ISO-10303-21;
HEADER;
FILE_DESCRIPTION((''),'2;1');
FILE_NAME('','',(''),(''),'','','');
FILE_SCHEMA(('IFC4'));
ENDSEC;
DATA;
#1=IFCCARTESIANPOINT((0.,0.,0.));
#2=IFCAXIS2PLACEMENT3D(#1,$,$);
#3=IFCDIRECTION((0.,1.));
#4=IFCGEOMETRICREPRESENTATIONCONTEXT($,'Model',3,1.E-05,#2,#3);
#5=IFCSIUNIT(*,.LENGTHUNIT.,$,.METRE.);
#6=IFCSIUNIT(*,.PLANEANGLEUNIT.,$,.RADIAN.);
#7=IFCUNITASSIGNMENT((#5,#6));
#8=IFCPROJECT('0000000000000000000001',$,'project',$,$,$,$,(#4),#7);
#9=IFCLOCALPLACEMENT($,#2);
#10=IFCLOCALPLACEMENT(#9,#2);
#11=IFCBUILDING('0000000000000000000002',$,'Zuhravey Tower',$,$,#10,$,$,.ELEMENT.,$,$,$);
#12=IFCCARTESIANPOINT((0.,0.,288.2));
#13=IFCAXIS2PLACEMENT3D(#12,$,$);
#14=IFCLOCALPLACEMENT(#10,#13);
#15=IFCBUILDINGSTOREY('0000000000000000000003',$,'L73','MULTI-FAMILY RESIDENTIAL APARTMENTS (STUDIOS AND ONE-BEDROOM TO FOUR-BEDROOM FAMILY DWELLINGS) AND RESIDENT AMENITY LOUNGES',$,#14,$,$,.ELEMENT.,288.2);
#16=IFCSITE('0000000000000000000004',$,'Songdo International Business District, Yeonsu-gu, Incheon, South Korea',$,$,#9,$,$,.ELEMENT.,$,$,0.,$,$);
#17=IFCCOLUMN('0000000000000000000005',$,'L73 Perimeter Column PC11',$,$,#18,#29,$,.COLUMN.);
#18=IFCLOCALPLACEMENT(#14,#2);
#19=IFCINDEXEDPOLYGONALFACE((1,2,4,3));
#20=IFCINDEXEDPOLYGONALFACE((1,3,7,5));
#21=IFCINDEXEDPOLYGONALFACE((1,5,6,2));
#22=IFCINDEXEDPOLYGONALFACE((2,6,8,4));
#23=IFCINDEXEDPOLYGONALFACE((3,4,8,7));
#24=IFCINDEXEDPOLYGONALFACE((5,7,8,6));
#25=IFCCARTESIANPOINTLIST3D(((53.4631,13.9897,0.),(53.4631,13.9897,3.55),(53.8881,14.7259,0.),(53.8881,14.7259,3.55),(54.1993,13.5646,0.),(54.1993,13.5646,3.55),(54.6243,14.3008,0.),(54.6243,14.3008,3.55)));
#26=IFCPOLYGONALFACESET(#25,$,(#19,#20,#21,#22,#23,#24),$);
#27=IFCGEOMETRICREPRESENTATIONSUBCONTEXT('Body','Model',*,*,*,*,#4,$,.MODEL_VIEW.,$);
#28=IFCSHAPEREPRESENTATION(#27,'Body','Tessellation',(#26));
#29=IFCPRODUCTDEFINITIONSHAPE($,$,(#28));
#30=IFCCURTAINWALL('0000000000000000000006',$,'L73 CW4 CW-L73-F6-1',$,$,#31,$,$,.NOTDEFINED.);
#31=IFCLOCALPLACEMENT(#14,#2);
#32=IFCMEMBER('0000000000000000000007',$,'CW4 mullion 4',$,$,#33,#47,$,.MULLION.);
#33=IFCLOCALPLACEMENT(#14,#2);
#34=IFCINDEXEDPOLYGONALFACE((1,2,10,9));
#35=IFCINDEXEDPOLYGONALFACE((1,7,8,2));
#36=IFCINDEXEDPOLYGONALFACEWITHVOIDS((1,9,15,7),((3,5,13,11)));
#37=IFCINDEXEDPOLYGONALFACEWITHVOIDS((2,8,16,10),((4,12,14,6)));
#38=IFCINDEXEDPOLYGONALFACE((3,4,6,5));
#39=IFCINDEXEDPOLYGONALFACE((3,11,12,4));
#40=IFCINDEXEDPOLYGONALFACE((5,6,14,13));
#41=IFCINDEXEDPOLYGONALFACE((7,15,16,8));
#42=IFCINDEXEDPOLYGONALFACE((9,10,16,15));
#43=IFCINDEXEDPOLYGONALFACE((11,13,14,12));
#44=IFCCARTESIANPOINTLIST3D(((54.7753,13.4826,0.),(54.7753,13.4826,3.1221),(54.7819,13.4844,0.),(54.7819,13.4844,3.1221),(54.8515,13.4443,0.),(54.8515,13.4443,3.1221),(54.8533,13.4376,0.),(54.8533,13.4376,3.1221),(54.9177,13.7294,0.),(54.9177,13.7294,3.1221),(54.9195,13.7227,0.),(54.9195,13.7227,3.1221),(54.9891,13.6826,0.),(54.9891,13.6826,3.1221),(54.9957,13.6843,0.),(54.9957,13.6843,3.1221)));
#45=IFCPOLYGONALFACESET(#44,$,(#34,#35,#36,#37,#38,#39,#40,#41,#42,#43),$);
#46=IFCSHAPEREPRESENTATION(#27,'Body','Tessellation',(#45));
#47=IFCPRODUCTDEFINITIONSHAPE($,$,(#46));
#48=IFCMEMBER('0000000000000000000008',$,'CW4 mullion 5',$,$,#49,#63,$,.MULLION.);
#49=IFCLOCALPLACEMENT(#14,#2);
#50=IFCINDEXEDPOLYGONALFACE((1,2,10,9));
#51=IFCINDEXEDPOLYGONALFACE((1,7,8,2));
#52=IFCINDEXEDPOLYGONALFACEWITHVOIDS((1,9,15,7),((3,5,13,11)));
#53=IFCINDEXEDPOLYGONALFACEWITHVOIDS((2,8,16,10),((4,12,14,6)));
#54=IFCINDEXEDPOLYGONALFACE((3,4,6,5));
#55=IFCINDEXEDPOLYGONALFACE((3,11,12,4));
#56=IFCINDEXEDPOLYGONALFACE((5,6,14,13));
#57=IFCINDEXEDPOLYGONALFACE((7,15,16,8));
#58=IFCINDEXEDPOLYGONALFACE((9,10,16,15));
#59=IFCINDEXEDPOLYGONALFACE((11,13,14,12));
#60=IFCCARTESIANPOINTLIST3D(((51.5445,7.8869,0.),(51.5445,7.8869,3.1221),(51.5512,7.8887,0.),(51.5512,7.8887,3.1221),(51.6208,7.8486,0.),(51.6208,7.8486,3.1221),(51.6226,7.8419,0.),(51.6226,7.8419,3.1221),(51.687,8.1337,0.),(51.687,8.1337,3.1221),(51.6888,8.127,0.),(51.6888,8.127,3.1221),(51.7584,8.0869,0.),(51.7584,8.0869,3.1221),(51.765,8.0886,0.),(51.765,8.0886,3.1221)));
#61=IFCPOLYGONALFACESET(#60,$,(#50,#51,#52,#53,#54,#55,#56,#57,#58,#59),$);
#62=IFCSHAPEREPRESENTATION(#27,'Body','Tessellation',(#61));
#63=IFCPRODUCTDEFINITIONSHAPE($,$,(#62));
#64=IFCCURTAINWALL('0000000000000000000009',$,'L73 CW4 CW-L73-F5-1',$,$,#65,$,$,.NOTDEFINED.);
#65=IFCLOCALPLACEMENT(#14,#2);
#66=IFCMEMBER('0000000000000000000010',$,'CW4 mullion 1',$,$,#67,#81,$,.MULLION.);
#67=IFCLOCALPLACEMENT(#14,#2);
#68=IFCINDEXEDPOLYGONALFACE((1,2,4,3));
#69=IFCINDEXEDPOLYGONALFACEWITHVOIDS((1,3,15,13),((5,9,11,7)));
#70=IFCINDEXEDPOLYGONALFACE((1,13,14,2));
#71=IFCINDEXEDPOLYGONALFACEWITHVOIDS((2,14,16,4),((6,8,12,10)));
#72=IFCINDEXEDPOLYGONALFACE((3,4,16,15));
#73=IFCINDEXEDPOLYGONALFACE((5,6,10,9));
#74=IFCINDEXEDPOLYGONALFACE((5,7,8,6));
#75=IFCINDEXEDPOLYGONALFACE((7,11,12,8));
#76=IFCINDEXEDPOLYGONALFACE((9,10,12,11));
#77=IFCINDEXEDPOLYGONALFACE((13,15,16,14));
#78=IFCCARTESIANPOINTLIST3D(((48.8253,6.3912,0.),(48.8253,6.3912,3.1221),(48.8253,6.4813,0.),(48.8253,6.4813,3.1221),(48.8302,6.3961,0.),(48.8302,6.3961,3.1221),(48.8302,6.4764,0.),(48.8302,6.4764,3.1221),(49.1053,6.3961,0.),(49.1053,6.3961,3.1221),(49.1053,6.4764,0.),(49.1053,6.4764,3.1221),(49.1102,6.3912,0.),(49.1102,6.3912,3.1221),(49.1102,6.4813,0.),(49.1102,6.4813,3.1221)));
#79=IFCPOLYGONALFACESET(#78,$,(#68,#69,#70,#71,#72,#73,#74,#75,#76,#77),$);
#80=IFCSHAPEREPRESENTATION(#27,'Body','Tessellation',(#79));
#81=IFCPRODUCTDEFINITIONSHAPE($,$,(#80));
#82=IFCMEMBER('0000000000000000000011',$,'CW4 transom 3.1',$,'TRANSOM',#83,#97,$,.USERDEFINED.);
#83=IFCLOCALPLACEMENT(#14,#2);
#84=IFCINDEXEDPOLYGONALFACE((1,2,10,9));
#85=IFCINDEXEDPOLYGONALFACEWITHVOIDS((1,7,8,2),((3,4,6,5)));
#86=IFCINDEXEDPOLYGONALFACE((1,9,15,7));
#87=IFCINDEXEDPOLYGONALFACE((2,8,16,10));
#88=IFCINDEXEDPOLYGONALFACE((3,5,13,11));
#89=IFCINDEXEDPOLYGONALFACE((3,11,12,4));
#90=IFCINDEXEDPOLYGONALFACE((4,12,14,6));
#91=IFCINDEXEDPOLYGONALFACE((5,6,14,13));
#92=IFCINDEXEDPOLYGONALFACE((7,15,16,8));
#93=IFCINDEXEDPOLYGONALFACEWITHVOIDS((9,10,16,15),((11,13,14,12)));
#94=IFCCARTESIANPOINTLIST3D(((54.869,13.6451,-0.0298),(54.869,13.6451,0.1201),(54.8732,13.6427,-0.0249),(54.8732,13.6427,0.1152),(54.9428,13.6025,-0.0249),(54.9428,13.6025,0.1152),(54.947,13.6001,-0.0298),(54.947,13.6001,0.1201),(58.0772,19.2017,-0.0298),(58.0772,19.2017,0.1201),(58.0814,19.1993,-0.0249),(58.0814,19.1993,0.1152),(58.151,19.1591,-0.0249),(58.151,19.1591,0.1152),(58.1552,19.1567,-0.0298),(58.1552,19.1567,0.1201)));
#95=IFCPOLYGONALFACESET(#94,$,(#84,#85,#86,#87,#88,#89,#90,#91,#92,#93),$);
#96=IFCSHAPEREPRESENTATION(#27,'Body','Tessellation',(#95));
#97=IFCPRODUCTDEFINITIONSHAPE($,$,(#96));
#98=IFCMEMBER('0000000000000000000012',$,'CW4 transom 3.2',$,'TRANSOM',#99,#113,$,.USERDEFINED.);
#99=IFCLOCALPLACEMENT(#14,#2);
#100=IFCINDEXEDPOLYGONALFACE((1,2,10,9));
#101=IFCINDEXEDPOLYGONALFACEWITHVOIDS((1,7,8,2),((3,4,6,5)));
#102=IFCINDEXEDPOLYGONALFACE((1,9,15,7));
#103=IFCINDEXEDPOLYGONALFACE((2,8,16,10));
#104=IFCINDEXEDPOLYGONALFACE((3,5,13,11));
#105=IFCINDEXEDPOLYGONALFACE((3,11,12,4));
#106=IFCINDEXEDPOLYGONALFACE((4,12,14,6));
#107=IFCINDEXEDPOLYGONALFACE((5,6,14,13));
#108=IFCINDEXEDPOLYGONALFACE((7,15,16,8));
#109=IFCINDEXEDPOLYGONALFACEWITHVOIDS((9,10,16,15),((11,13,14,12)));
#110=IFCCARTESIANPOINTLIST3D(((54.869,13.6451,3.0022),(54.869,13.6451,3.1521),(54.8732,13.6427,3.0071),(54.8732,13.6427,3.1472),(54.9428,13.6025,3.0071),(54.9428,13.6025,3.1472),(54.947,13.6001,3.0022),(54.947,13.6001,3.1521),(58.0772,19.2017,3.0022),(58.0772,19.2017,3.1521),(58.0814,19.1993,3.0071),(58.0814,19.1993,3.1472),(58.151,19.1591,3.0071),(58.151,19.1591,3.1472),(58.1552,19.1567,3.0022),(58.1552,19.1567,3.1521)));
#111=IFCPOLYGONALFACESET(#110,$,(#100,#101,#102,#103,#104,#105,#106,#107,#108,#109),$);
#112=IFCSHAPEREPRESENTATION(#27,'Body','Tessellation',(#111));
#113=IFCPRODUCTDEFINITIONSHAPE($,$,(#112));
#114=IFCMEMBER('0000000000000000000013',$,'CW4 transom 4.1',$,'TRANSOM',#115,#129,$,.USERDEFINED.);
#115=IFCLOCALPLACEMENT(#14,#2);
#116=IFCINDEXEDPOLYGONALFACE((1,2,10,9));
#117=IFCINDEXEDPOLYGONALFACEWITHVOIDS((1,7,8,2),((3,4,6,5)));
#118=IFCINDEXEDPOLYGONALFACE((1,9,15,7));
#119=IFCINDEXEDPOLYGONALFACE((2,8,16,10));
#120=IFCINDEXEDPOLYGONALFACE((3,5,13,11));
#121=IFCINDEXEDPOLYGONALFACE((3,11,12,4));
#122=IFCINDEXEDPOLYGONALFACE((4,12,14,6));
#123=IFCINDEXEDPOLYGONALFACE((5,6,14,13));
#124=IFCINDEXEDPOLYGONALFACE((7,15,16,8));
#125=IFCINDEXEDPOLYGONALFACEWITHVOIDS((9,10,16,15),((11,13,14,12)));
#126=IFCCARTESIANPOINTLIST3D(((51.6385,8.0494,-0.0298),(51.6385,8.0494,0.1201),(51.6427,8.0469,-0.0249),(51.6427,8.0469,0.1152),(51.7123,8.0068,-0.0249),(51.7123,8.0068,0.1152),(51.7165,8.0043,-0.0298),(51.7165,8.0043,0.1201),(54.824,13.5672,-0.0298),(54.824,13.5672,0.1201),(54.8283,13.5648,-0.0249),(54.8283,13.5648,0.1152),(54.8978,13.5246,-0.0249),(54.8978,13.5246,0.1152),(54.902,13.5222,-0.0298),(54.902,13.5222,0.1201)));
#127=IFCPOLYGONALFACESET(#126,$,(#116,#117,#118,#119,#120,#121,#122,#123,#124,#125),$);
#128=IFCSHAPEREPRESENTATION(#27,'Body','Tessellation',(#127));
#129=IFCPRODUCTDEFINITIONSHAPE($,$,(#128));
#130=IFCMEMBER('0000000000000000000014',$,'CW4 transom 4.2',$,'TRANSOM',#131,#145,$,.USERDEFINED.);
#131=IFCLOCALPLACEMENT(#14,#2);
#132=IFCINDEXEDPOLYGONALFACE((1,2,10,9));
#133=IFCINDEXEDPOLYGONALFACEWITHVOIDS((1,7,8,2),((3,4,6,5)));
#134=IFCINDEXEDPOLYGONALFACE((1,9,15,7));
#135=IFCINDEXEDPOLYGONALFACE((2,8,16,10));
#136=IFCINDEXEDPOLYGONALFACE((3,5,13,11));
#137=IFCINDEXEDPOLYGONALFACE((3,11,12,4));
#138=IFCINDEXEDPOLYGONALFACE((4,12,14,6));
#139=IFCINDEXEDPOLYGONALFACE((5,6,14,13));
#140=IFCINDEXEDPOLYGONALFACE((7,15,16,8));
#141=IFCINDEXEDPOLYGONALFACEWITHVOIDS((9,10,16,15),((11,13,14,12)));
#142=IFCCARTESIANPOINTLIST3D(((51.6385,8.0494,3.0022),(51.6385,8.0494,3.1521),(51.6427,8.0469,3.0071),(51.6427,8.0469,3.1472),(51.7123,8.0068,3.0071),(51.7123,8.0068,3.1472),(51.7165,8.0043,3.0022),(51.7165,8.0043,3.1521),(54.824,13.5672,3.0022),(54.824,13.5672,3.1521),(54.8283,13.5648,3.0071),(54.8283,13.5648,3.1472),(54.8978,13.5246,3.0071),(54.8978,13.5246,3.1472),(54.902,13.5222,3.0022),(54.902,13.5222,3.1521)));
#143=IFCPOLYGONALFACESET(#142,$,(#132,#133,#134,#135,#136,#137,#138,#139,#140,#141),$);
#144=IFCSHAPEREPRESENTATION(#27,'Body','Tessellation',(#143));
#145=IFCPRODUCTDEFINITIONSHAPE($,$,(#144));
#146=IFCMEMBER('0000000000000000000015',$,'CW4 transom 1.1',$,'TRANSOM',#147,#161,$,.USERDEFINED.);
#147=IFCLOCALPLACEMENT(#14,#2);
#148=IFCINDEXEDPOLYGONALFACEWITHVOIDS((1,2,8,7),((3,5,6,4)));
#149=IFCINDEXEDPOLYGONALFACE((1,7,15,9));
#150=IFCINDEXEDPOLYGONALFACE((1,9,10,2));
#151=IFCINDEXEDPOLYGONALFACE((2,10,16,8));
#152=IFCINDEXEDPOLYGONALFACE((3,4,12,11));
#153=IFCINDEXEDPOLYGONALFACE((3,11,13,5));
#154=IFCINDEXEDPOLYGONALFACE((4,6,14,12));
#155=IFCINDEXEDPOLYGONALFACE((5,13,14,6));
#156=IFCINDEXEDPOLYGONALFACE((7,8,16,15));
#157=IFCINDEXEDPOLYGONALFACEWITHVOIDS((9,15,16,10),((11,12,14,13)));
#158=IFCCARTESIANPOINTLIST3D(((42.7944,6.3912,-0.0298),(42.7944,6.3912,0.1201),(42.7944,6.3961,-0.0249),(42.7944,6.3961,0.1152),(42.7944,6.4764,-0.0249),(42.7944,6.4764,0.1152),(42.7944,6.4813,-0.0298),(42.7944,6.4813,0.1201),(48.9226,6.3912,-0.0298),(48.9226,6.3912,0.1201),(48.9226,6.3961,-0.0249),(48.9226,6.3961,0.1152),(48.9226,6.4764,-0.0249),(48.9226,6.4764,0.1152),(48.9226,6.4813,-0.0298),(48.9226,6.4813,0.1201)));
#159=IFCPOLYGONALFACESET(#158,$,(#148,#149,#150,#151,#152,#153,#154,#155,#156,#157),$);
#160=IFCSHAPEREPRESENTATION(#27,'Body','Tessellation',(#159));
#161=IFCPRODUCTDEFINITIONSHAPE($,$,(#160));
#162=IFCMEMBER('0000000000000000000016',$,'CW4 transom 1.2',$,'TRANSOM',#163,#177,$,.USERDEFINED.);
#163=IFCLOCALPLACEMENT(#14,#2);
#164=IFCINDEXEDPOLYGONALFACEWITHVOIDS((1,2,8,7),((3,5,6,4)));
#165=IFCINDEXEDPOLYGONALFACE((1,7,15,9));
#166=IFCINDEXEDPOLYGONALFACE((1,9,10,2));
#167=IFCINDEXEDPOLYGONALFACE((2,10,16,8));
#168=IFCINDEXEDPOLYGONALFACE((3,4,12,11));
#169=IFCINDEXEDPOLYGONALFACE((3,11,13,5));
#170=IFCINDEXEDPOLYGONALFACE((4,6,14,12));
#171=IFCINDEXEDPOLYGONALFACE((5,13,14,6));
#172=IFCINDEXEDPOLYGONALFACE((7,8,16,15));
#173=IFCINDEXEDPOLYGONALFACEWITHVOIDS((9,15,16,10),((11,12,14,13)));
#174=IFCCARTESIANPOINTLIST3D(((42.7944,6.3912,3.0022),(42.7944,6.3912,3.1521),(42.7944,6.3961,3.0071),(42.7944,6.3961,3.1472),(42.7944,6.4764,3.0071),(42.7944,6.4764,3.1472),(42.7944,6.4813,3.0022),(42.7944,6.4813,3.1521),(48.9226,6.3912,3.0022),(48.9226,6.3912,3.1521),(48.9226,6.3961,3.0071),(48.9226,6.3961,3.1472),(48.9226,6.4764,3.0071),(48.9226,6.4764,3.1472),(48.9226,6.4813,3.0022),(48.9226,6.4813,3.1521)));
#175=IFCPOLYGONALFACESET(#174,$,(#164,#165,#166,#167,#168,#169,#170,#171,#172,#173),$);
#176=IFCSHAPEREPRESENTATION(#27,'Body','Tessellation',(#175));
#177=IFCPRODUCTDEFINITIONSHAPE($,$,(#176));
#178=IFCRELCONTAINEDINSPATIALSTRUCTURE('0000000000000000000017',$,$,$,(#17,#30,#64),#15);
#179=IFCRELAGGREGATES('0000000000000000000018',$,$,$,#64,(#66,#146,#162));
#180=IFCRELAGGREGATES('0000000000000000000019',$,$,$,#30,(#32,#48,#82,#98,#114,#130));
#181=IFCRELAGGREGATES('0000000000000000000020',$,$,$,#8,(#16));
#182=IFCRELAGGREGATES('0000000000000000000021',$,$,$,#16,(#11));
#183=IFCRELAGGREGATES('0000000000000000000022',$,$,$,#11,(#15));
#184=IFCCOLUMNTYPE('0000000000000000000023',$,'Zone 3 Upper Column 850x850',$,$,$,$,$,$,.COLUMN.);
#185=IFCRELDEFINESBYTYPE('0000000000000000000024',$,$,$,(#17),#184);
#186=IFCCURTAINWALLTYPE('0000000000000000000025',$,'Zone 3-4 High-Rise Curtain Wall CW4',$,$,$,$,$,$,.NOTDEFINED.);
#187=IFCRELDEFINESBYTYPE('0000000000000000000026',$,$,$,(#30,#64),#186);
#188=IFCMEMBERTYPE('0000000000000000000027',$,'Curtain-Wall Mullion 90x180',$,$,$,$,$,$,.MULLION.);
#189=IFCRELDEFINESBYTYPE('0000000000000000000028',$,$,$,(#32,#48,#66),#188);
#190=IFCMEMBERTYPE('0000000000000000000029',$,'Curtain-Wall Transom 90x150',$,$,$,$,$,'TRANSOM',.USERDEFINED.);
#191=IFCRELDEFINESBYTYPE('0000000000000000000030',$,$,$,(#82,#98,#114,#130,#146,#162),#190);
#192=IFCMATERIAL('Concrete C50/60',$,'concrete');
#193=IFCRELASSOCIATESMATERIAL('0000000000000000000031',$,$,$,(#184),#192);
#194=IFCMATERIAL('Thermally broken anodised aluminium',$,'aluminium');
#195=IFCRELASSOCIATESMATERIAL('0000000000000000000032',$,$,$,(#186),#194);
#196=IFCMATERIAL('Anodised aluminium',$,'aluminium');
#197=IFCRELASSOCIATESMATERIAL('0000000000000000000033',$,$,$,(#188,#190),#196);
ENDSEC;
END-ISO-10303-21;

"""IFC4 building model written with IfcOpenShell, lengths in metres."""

from ifc_helpers import new_model, si_unit, direction, frame, origin, origin_2d, place, context, subcontext, project, spatial, rectangle, hollow_rectangle, extrude, material, material_profile, profile_set, type_object, element, aggregate, save


model = new_model("IFC4")

# Units and contexts
model_context = context("Model", 3, precision=1e-05, world=origin(), true_north=direction((0.0, 1.0)))
body_context = subcontext(model_context, "Body", "Model", "MODEL_VIEW")
ifc_project = project(units=[si_unit("LENGTHUNIT", "METRE"), si_unit("PLANEANGLEUNIT", "RADIAN")], contexts=[model_context])

# Site, building, storey
site_placement = place(None, origin())
site = spatial("IfcSite", under=ifc_project, at=site_placement, Name="Songdo International Business District, Yeonsu-gu, Incheon, South Korea", CompositionType="ELEMENT", RefElevation=0.0)
building_placement = place(site_placement, origin())
building = spatial("IfcBuilding", under=site, at=building_placement, Name="Zuhravey Tower", CompositionType="ELEMENT")
storey_placement = place(building_placement, frame((0.0, 0.0, 288.2)))
storey = spatial("IfcBuildingStorey", under=building, at=storey_placement, Name="L73", Description="MULTI-FAMILY RESIDENTIAL APARTMENTS (STUDIOS AND ONE-BEDROOM TO FOUR-BEDROOM FAMILY DWELLINGS) AND RESIDENT AMENITY LOUNGES", CompositionType="ELEMENT", Elevation=288.2)

# Column
ifc_material_1 = material(Name="Concrete C50/60", Category="concrete")
ifc_material_profile_1 = material_profile(ifc_material_1, rectangle(XDim=0.8501, YDim=0.8501, at=origin_2d()), Name="RC-850x850")
ifc_profile_set_1 = profile_set([ifc_material_profile_1], Name="Concrete C50/60")
column_type = type_object("IfcColumnType", Name="Zone 3 Upper Column 850x850", PredefinedType="COLUMN", material=ifc_profile_set_1)
column_placement = place(storey_placement, frame((54.0437, 14.1453, 0.0), z_axis=(0.0, 0.0, 1.0), x_axis=(0.5, 0.866025, 0.0)))
element("IfcColumn", 1, at=column_placement, inside=storey, type_object=column_type, Name="L73 Perimeter Column PC11", PredefinedType="COLUMN", context=body_context, shape_type="SweptSolid", body=[
    extrude(rectangle(XDim=0.8501, YDim=0.8501, at=origin_2d()), origin(), (0.0, 0.0, 1.0), 3.55),
])

# Curtain wall, members
ifc_material_2 = material(Name="Thermally broken anodised aluminium", Category="aluminium")
curtain_wall_type = type_object("IfcCurtainWallType", Name="Zone 3-4 High-Rise Curtain Wall CW4", PredefinedType="NOTDEFINED", material=ifc_material_2)
curtain_wall_1_placement = place(storey_placement, origin())
curtain_wall_1 = element("IfcCurtainWall", 2, at=curtain_wall_1_placement, inside=storey, type_object=curtain_wall_type, Name="L73 CW4 CW-L73-F6-1", PredefinedType="NOTDEFINED")
ifc_material_3 = material(Name="Anodised aluminium", Category="aluminium")
ifc_material_profile_2 = material_profile(ifc_material_3, hollow_rectangle(XDim=0.0901, YDim=0.2849, WallThickness=0.0049, at=origin_2d()), Name="ALU-RHS-90x285x5")
ifc_profile_set_2 = profile_set([ifc_material_profile_2], Name="Anodised aluminium")
member_type_1 = type_object("IfcMemberType", Name="Curtain-Wall Mullion 90x180", PredefinedType="MULLION", material=ifc_profile_set_2)
member_1_placement = place(storey_placement, frame((54.8855, 13.5835, 0.0), z_axis=(0.0, 0.0, 1.0), x_axis=(0.866025, -0.500001, 0.0)))
member_1 = element("IfcMember", 3, at=member_1_placement, type_object=member_type_1, Name="CW4 mullion 4", PredefinedType="MULLION", context=body_context, shape_type="SweptSolid", body=[
    extrude(hollow_rectangle(XDim=0.0901, YDim=0.2849, WallThickness=0.0049, at=origin_2d()), origin(), (0.0, 0.0, 1.0), 3.1221),
])
member_2_placement = place(storey_placement, frame((51.6548, 7.9878, 0.0), z_axis=(0.0, 0.0, 1.0), x_axis=(0.866025, -0.500001, 0.0)))
member_2 = element("IfcMember", 4, at=member_2_placement, type_object=member_type_1, Name="CW4 mullion 5", PredefinedType="MULLION", context=body_context, shape_type="SweptSolid", body=[
    extrude(hollow_rectangle(XDim=0.0901, YDim=0.2849, WallThickness=0.0049, at=origin_2d()), origin(), (0.0, 0.0, 1.0), 3.1221),
])

# Curtain wall, member
curtain_wall_2_placement = place(storey_placement, origin())
curtain_wall_2 = element("IfcCurtainWall", 5, at=curtain_wall_2_placement, inside=storey, type_object=curtain_wall_type, Name="L73 CW4 CW-L73-F5-1", PredefinedType="NOTDEFINED")
member_3_placement = place(storey_placement, frame((48.9678, 6.4363, 0.0), z_axis=(0.0, 0.0, 1.0), x_axis=(0.0, -1.0, 0.0)))
member_3 = element("IfcMember", 6, at=member_3_placement, type_object=member_type_1, Name="CW4 mullion 1", PredefinedType="MULLION", context=body_context, shape_type="SweptSolid", body=[
    extrude(hollow_rectangle(XDim=0.0901, YDim=0.2849, WallThickness=0.0049, at=origin_2d()), origin(), (0.0, 0.0, 1.0), 3.1221),
])

# Members
ifc_material_profile_3 = material_profile(ifc_material_3, hollow_rectangle(XDim=0.0901, YDim=0.1499, WallThickness=0.0049, at=origin_2d()), Name="ALU-RHS-90x150x5")
ifc_profile_set_3 = profile_set([ifc_material_profile_3], Name="Anodised aluminium")
member_type_2 = type_object("IfcMemberType", Name="Curtain-Wall Transom 90x150", ElementType="TRANSOM", PredefinedType="USERDEFINED", material=ifc_profile_set_3)
member_4_placement = place(storey_placement, frame((58.1162, 19.1792, 0.0452), z_axis=(-0.500014, -0.866017, 0.0), x_axis=(0.866017, -0.500014, 0.0)))
member_4 = element("IfcMember", 7, at=member_4_placement, type_object=member_type_2, Name="CW4 transom 3.1", ObjectType="TRANSOM", PredefinedType="USERDEFINED", context=body_context, shape_type="SweptSolid", body=[
    extrude(hollow_rectangle(XDim=0.0901, YDim=0.1499, WallThickness=0.0049, at=origin_2d()), origin(), (0.0, 0.0, 1.0), 6.4163),
])
member_5_placement = place(storey_placement, frame((58.1162, 19.1792, 3.0771), z_axis=(-0.500014, -0.866017, 0.0), x_axis=(0.866017, -0.500014, 0.0)))
member_5 = element("IfcMember", 8, at=member_5_placement, type_object=member_type_2, Name="CW4 transom 3.2", ObjectType="TRANSOM", PredefinedType="USERDEFINED", context=body_context, shape_type="SweptSolid", body=[
    extrude(hollow_rectangle(XDim=0.0901, YDim=0.1499, WallThickness=0.0049, at=origin_2d()), origin(), (0.0, 0.0, 1.0), 6.4163),
])
member_6_placement = place(storey_placement, frame((54.863, 13.5447, 0.0452), z_axis=(-0.49998, -0.866037, 0.0), x_axis=(0.866037, -0.49998, 0.0)))
member_6 = element("IfcMember", 9, at=member_6_placement, type_object=member_type_2, Name="CW4 transom 4.1", ObjectType="TRANSOM", PredefinedType="USERDEFINED", context=body_context, shape_type="SweptSolid", body=[
    extrude(hollow_rectangle(XDim=0.0901, YDim=0.1499, WallThickness=0.0049, at=origin_2d()), origin(), (0.0, 0.0, 1.0), 6.3713),
])
member_7_placement = place(storey_placement, frame((54.863, 13.5447, 3.0771), z_axis=(-0.49998, -0.866037, 0.0), x_axis=(0.866037, -0.49998, 0.0)))
member_7 = element("IfcMember", 10, at=member_7_placement, type_object=member_type_2, Name="CW4 transom 4.2", ObjectType="TRANSOM", PredefinedType="USERDEFINED", context=body_context, shape_type="SweptSolid", body=[
    extrude(hollow_rectangle(XDim=0.0901, YDim=0.1499, WallThickness=0.0049, at=origin_2d()), origin(), (0.0, 0.0, 1.0), 6.3713),
])
member_8_placement = place(storey_placement, frame((48.9226, 6.4363, 0.0452), z_axis=(-1.0, 0.0, 0.0), x_axis=(0.0, -1.0, 0.0)))
member_8 = element("IfcMember", 11, at=member_8_placement, type_object=member_type_2, Name="CW4 transom 1.1", ObjectType="TRANSOM", PredefinedType="USERDEFINED", context=body_context, shape_type="SweptSolid", body=[
    extrude(hollow_rectangle(XDim=0.0901, YDim=0.1499, WallThickness=0.0049, at=origin_2d()), origin(), (0.0, 0.0, 1.0), 6.1282),
])
member_9_placement = place(storey_placement, frame((48.9226, 6.4363, 3.0771), z_axis=(-1.0, 0.0, 0.0), x_axis=(0.0, -1.0, 0.0)))
member_9 = element("IfcMember", 12, at=member_9_placement, type_object=member_type_2, Name="CW4 transom 1.2", ObjectType="TRANSOM", PredefinedType="USERDEFINED", context=body_context, shape_type="SweptSolid", body=[
    extrude(hollow_rectangle(XDim=0.0901, YDim=0.1499, WallThickness=0.0049, at=origin_2d()), origin(), (0.0, 0.0, 1.0), 6.1282),
])
aggregate(curtain_wall_2, [member_3, member_8, member_9])

aggregate(curtain_wall_1, [member_1, member_2, member_4, member_5, member_6, member_7])

save(model, "model.ifc")
